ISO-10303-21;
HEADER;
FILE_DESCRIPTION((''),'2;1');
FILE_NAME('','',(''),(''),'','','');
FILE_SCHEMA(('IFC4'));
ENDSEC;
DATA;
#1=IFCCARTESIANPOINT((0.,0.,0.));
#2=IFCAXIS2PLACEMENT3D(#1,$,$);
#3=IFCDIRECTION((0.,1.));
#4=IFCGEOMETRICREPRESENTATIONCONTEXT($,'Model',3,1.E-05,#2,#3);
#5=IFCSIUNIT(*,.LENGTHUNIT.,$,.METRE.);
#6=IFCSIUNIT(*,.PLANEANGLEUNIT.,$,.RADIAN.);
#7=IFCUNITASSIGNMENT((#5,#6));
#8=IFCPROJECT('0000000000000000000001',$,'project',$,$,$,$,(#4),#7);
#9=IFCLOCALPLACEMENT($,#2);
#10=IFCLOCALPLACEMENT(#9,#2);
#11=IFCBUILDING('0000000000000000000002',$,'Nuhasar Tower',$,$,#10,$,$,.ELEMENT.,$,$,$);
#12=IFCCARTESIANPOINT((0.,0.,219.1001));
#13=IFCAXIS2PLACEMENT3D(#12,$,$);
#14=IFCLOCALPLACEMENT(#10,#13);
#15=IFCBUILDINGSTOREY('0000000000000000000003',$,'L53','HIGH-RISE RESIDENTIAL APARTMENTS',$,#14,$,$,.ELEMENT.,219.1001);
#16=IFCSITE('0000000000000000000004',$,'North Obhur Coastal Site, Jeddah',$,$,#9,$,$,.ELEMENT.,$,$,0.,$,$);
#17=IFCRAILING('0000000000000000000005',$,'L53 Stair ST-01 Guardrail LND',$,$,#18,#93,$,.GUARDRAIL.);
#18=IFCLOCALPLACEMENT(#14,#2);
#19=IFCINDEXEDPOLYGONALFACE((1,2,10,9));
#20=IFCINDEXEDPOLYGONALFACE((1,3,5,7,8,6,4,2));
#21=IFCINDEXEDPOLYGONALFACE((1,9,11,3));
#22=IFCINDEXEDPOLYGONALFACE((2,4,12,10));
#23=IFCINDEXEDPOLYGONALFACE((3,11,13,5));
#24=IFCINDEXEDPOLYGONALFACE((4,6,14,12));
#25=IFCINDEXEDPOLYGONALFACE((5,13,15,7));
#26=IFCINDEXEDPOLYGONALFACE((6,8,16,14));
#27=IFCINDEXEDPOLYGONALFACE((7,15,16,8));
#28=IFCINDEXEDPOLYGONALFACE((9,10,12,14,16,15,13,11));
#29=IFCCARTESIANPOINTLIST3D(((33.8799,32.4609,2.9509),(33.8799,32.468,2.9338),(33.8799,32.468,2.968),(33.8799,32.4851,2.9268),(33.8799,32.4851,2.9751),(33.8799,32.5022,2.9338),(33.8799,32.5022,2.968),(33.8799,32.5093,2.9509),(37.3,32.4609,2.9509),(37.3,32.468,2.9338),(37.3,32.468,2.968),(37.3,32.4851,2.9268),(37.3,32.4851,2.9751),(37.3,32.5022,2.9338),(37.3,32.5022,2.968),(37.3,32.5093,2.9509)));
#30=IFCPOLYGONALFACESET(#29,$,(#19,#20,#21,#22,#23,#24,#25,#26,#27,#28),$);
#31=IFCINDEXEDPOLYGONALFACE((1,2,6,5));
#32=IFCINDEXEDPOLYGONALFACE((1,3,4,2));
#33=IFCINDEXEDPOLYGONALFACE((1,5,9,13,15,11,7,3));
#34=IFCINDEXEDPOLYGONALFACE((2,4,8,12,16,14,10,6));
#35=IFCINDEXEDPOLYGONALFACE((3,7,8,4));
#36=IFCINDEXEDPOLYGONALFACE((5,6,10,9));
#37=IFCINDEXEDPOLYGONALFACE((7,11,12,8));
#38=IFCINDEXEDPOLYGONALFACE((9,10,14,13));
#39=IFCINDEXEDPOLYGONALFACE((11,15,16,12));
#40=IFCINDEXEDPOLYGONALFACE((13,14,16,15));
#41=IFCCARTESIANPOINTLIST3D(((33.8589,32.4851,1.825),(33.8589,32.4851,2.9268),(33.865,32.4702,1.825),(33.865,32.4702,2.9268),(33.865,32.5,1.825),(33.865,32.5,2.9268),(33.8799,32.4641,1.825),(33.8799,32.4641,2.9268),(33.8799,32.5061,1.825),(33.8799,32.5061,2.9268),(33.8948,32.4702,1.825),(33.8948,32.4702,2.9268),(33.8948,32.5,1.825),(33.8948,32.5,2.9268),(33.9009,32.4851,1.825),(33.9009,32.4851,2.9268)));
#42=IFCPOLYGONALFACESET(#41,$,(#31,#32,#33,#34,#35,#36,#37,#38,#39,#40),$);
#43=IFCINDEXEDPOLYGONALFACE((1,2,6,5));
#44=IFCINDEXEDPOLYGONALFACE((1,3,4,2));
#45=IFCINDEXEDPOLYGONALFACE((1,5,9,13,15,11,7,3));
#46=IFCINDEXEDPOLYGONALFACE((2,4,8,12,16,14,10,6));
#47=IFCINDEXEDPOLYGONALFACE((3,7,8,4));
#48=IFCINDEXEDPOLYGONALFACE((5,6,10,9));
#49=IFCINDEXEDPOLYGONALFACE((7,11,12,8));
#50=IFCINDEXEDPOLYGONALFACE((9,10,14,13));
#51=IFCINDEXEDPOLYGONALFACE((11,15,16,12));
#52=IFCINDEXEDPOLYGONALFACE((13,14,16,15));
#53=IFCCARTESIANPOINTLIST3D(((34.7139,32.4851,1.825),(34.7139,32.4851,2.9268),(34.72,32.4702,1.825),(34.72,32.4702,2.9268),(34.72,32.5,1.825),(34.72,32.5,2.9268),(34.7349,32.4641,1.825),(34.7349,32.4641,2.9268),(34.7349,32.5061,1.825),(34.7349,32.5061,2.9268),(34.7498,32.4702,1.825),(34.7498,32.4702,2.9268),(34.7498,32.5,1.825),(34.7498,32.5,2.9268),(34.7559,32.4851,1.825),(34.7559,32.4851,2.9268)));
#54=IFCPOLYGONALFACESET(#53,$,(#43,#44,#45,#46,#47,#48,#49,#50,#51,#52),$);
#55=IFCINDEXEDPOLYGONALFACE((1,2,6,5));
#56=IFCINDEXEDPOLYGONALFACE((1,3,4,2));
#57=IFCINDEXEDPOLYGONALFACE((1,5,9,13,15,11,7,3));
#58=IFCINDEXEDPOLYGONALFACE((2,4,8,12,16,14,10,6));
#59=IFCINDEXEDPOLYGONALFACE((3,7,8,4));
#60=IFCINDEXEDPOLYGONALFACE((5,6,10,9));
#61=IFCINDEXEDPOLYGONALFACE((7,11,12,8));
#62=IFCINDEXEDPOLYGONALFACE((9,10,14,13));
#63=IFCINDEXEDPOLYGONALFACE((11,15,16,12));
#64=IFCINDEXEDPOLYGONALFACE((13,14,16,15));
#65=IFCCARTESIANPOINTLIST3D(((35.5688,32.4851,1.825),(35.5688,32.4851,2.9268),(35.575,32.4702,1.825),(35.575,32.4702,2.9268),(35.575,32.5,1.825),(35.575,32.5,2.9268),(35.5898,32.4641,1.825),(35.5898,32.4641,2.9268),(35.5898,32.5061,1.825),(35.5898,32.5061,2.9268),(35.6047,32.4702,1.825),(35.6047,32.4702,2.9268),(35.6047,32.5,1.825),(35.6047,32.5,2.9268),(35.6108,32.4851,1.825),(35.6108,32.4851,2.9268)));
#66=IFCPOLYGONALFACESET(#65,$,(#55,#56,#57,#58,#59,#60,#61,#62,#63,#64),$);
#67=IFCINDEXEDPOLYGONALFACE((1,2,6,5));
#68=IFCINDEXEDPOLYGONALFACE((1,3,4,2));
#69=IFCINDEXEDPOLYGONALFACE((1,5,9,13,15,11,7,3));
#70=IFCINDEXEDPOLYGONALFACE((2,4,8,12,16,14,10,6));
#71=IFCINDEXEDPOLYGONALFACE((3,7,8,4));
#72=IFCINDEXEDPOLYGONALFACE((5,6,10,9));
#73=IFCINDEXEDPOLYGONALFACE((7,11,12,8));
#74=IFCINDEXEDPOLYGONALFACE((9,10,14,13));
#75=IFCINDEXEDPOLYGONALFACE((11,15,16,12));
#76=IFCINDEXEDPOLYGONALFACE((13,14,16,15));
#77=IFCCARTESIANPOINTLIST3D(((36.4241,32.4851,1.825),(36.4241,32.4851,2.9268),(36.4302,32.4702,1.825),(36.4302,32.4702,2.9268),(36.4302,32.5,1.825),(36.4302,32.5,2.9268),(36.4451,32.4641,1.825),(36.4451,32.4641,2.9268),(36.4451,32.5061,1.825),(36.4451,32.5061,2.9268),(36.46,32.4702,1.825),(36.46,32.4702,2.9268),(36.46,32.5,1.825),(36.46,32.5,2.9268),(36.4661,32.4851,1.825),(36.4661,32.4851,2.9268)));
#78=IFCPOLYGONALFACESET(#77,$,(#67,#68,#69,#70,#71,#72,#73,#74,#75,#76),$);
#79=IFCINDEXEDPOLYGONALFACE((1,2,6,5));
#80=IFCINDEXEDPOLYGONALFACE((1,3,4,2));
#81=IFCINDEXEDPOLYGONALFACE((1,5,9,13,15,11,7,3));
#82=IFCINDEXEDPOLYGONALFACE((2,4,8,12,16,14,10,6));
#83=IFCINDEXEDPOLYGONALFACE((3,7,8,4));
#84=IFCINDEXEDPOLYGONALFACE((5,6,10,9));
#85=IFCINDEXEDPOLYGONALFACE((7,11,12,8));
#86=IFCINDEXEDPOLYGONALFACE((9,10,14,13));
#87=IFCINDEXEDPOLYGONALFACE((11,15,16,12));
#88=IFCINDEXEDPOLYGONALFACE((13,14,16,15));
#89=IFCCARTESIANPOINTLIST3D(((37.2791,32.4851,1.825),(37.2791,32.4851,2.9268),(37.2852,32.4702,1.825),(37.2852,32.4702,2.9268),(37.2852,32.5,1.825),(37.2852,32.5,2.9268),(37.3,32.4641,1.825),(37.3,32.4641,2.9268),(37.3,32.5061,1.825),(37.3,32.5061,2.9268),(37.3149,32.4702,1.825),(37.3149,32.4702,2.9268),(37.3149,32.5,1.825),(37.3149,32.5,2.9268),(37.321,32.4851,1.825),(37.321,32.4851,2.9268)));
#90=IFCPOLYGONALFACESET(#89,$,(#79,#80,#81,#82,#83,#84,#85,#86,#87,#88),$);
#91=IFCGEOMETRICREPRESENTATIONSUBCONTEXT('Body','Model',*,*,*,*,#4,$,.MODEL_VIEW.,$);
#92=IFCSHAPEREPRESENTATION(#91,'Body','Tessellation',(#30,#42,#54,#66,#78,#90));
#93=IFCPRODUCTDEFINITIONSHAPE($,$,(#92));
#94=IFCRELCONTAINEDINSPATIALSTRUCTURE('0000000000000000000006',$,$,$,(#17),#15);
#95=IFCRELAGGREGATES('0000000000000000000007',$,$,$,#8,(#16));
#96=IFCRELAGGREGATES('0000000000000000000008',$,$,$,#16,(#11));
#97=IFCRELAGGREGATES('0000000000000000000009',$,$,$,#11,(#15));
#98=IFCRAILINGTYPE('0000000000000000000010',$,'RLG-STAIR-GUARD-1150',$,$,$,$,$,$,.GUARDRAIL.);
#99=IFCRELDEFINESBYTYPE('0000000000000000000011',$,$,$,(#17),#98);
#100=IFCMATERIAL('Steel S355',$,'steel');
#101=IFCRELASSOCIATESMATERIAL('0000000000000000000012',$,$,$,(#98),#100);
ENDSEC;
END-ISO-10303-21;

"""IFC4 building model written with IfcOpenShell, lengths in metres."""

from ifc_helpers import new_model, si_unit, direction, frame, origin, place, context, subcontext, project, spatial, polyline, outline, extrude, material, type_object, element, save


model = new_model("IFC4")

# Units and contexts
model_context = context("Model", 3, precision=1e-05, world=origin(), true_north=direction((0.0, 1.0)))
body_context = subcontext(model_context, "Body", "Model", "MODEL_VIEW")
ifc_project = project(units=[si_unit("LENGTHUNIT", "METRE"), si_unit("PLANEANGLEUNIT", "RADIAN")], contexts=[model_context])

# Site, building, storey
site_placement = place(None, origin())
site = spatial("IfcSite", under=ifc_project, at=site_placement, Name="North Obhur Coastal Site, Jeddah", CompositionType="ELEMENT", RefElevation=0.0)
building_placement = place(site_placement, origin())
building = spatial("IfcBuilding", under=site, at=building_placement, Name="Nuhasar Tower", CompositionType="ELEMENT")
storey_placement = place(building_placement, frame((0.0, 0.0, 219.1001)))
storey = spatial("IfcBuildingStorey", under=building, at=storey_placement, Name="L53", Description="HIGH-RISE RESIDENTIAL APARTMENTS", CompositionType="ELEMENT", Elevation=219.1001)

# Shared definitions
ifc_material_1 = material(Name="Steel S355", Category="steel")

# Railing
railing_type_1 = type_object("IfcRailingType", Name="RLG-STAIR-GUARD-1150", PredefinedType="GUARDRAIL", material=ifc_material_1)
railing_1_placement = place(storey_placement, frame((33.8799, 32.4851, 1.825)))
element("IfcRailing", 1, at=railing_1_placement, inside=storey, type_object=railing_type_1, Name="L53 Stair ST-01 Guardrail LND", PredefinedType="GUARDRAIL", context=body_context, shape_type="SweptSolid", body=[
    extrude(outline(polyline([(0.0242, 0.0), (0.0171, 0.0171), (0.0, 0.0242), (-0.0171, 0.0171), (-0.0242, 0.0), (-0.0171, -0.0171), (0.0, -0.0242), (0.0171, -0.0171), (0.0242, 0.0)])), frame((0.0, 0.0, 1.126), z_axis=(1.0, 0.0, 0.0), x_axis=(0.0, 1.0, 0.0)), (0.0, 0.0, 1.0), 3.4202),
    extrude(outline(polyline([(0.021, 0.0), (0.0149, 0.0149), (0.0, 0.021), (-0.0149, 0.0149), (-0.021, 0.0), (-0.0149, -0.0149), (0.0, -0.021), (0.0149, -0.0149), (0.021, 0.0)])), origin(), (0.0, 0.0, 1.0), 1.1018),
    extrude(outline(polyline([(0.021, 0.0), (0.0149, 0.0149), (0.0, 0.021), (-0.0149, 0.0149), (-0.021, 0.0), (-0.0149, -0.0149), (0.0, -0.021), (0.0149, -0.0149), (0.021, 0.0)])), frame((0.855, 0.0, 0.0)), (0.0, 0.0, 1.0), 1.1018),
    extrude(outline(polyline([(0.021, 0.0), (0.0149, 0.0149), (0.0, 0.021), (-0.0149, 0.0149), (-0.021, 0.0), (-0.0149, -0.0149), (0.0, -0.021), (0.0149, -0.0149), (0.021, 0.0)])), frame((1.71, 0.0, 0.0)), (0.0, 0.0, 1.0), 1.1018),
    extrude(outline(polyline([(0.021, 0.0), (0.0149, 0.0149), (0.0, 0.021), (-0.0149, 0.0149), (-0.021, 0.0), (-0.0149, -0.0149), (0.0, -0.021), (0.0149, -0.0149), (0.021, 0.0)])), frame((2.5652, 0.0, 0.0)), (0.0, 0.0, 1.0), 1.1018),
    extrude(outline(polyline([(0.021, 0.0), (0.0149, 0.0149), (0.0, 0.021), (-0.0149, 0.0149), (-0.021, 0.0), (-0.0149, -0.0149), (0.0, -0.021), (0.0149, -0.0149), (0.021, 0.0)])), frame((3.4202, 0.0, 0.0)), (0.0, 0.0, 1.0), 1.1018),
])

save(model, "model.ifc")
